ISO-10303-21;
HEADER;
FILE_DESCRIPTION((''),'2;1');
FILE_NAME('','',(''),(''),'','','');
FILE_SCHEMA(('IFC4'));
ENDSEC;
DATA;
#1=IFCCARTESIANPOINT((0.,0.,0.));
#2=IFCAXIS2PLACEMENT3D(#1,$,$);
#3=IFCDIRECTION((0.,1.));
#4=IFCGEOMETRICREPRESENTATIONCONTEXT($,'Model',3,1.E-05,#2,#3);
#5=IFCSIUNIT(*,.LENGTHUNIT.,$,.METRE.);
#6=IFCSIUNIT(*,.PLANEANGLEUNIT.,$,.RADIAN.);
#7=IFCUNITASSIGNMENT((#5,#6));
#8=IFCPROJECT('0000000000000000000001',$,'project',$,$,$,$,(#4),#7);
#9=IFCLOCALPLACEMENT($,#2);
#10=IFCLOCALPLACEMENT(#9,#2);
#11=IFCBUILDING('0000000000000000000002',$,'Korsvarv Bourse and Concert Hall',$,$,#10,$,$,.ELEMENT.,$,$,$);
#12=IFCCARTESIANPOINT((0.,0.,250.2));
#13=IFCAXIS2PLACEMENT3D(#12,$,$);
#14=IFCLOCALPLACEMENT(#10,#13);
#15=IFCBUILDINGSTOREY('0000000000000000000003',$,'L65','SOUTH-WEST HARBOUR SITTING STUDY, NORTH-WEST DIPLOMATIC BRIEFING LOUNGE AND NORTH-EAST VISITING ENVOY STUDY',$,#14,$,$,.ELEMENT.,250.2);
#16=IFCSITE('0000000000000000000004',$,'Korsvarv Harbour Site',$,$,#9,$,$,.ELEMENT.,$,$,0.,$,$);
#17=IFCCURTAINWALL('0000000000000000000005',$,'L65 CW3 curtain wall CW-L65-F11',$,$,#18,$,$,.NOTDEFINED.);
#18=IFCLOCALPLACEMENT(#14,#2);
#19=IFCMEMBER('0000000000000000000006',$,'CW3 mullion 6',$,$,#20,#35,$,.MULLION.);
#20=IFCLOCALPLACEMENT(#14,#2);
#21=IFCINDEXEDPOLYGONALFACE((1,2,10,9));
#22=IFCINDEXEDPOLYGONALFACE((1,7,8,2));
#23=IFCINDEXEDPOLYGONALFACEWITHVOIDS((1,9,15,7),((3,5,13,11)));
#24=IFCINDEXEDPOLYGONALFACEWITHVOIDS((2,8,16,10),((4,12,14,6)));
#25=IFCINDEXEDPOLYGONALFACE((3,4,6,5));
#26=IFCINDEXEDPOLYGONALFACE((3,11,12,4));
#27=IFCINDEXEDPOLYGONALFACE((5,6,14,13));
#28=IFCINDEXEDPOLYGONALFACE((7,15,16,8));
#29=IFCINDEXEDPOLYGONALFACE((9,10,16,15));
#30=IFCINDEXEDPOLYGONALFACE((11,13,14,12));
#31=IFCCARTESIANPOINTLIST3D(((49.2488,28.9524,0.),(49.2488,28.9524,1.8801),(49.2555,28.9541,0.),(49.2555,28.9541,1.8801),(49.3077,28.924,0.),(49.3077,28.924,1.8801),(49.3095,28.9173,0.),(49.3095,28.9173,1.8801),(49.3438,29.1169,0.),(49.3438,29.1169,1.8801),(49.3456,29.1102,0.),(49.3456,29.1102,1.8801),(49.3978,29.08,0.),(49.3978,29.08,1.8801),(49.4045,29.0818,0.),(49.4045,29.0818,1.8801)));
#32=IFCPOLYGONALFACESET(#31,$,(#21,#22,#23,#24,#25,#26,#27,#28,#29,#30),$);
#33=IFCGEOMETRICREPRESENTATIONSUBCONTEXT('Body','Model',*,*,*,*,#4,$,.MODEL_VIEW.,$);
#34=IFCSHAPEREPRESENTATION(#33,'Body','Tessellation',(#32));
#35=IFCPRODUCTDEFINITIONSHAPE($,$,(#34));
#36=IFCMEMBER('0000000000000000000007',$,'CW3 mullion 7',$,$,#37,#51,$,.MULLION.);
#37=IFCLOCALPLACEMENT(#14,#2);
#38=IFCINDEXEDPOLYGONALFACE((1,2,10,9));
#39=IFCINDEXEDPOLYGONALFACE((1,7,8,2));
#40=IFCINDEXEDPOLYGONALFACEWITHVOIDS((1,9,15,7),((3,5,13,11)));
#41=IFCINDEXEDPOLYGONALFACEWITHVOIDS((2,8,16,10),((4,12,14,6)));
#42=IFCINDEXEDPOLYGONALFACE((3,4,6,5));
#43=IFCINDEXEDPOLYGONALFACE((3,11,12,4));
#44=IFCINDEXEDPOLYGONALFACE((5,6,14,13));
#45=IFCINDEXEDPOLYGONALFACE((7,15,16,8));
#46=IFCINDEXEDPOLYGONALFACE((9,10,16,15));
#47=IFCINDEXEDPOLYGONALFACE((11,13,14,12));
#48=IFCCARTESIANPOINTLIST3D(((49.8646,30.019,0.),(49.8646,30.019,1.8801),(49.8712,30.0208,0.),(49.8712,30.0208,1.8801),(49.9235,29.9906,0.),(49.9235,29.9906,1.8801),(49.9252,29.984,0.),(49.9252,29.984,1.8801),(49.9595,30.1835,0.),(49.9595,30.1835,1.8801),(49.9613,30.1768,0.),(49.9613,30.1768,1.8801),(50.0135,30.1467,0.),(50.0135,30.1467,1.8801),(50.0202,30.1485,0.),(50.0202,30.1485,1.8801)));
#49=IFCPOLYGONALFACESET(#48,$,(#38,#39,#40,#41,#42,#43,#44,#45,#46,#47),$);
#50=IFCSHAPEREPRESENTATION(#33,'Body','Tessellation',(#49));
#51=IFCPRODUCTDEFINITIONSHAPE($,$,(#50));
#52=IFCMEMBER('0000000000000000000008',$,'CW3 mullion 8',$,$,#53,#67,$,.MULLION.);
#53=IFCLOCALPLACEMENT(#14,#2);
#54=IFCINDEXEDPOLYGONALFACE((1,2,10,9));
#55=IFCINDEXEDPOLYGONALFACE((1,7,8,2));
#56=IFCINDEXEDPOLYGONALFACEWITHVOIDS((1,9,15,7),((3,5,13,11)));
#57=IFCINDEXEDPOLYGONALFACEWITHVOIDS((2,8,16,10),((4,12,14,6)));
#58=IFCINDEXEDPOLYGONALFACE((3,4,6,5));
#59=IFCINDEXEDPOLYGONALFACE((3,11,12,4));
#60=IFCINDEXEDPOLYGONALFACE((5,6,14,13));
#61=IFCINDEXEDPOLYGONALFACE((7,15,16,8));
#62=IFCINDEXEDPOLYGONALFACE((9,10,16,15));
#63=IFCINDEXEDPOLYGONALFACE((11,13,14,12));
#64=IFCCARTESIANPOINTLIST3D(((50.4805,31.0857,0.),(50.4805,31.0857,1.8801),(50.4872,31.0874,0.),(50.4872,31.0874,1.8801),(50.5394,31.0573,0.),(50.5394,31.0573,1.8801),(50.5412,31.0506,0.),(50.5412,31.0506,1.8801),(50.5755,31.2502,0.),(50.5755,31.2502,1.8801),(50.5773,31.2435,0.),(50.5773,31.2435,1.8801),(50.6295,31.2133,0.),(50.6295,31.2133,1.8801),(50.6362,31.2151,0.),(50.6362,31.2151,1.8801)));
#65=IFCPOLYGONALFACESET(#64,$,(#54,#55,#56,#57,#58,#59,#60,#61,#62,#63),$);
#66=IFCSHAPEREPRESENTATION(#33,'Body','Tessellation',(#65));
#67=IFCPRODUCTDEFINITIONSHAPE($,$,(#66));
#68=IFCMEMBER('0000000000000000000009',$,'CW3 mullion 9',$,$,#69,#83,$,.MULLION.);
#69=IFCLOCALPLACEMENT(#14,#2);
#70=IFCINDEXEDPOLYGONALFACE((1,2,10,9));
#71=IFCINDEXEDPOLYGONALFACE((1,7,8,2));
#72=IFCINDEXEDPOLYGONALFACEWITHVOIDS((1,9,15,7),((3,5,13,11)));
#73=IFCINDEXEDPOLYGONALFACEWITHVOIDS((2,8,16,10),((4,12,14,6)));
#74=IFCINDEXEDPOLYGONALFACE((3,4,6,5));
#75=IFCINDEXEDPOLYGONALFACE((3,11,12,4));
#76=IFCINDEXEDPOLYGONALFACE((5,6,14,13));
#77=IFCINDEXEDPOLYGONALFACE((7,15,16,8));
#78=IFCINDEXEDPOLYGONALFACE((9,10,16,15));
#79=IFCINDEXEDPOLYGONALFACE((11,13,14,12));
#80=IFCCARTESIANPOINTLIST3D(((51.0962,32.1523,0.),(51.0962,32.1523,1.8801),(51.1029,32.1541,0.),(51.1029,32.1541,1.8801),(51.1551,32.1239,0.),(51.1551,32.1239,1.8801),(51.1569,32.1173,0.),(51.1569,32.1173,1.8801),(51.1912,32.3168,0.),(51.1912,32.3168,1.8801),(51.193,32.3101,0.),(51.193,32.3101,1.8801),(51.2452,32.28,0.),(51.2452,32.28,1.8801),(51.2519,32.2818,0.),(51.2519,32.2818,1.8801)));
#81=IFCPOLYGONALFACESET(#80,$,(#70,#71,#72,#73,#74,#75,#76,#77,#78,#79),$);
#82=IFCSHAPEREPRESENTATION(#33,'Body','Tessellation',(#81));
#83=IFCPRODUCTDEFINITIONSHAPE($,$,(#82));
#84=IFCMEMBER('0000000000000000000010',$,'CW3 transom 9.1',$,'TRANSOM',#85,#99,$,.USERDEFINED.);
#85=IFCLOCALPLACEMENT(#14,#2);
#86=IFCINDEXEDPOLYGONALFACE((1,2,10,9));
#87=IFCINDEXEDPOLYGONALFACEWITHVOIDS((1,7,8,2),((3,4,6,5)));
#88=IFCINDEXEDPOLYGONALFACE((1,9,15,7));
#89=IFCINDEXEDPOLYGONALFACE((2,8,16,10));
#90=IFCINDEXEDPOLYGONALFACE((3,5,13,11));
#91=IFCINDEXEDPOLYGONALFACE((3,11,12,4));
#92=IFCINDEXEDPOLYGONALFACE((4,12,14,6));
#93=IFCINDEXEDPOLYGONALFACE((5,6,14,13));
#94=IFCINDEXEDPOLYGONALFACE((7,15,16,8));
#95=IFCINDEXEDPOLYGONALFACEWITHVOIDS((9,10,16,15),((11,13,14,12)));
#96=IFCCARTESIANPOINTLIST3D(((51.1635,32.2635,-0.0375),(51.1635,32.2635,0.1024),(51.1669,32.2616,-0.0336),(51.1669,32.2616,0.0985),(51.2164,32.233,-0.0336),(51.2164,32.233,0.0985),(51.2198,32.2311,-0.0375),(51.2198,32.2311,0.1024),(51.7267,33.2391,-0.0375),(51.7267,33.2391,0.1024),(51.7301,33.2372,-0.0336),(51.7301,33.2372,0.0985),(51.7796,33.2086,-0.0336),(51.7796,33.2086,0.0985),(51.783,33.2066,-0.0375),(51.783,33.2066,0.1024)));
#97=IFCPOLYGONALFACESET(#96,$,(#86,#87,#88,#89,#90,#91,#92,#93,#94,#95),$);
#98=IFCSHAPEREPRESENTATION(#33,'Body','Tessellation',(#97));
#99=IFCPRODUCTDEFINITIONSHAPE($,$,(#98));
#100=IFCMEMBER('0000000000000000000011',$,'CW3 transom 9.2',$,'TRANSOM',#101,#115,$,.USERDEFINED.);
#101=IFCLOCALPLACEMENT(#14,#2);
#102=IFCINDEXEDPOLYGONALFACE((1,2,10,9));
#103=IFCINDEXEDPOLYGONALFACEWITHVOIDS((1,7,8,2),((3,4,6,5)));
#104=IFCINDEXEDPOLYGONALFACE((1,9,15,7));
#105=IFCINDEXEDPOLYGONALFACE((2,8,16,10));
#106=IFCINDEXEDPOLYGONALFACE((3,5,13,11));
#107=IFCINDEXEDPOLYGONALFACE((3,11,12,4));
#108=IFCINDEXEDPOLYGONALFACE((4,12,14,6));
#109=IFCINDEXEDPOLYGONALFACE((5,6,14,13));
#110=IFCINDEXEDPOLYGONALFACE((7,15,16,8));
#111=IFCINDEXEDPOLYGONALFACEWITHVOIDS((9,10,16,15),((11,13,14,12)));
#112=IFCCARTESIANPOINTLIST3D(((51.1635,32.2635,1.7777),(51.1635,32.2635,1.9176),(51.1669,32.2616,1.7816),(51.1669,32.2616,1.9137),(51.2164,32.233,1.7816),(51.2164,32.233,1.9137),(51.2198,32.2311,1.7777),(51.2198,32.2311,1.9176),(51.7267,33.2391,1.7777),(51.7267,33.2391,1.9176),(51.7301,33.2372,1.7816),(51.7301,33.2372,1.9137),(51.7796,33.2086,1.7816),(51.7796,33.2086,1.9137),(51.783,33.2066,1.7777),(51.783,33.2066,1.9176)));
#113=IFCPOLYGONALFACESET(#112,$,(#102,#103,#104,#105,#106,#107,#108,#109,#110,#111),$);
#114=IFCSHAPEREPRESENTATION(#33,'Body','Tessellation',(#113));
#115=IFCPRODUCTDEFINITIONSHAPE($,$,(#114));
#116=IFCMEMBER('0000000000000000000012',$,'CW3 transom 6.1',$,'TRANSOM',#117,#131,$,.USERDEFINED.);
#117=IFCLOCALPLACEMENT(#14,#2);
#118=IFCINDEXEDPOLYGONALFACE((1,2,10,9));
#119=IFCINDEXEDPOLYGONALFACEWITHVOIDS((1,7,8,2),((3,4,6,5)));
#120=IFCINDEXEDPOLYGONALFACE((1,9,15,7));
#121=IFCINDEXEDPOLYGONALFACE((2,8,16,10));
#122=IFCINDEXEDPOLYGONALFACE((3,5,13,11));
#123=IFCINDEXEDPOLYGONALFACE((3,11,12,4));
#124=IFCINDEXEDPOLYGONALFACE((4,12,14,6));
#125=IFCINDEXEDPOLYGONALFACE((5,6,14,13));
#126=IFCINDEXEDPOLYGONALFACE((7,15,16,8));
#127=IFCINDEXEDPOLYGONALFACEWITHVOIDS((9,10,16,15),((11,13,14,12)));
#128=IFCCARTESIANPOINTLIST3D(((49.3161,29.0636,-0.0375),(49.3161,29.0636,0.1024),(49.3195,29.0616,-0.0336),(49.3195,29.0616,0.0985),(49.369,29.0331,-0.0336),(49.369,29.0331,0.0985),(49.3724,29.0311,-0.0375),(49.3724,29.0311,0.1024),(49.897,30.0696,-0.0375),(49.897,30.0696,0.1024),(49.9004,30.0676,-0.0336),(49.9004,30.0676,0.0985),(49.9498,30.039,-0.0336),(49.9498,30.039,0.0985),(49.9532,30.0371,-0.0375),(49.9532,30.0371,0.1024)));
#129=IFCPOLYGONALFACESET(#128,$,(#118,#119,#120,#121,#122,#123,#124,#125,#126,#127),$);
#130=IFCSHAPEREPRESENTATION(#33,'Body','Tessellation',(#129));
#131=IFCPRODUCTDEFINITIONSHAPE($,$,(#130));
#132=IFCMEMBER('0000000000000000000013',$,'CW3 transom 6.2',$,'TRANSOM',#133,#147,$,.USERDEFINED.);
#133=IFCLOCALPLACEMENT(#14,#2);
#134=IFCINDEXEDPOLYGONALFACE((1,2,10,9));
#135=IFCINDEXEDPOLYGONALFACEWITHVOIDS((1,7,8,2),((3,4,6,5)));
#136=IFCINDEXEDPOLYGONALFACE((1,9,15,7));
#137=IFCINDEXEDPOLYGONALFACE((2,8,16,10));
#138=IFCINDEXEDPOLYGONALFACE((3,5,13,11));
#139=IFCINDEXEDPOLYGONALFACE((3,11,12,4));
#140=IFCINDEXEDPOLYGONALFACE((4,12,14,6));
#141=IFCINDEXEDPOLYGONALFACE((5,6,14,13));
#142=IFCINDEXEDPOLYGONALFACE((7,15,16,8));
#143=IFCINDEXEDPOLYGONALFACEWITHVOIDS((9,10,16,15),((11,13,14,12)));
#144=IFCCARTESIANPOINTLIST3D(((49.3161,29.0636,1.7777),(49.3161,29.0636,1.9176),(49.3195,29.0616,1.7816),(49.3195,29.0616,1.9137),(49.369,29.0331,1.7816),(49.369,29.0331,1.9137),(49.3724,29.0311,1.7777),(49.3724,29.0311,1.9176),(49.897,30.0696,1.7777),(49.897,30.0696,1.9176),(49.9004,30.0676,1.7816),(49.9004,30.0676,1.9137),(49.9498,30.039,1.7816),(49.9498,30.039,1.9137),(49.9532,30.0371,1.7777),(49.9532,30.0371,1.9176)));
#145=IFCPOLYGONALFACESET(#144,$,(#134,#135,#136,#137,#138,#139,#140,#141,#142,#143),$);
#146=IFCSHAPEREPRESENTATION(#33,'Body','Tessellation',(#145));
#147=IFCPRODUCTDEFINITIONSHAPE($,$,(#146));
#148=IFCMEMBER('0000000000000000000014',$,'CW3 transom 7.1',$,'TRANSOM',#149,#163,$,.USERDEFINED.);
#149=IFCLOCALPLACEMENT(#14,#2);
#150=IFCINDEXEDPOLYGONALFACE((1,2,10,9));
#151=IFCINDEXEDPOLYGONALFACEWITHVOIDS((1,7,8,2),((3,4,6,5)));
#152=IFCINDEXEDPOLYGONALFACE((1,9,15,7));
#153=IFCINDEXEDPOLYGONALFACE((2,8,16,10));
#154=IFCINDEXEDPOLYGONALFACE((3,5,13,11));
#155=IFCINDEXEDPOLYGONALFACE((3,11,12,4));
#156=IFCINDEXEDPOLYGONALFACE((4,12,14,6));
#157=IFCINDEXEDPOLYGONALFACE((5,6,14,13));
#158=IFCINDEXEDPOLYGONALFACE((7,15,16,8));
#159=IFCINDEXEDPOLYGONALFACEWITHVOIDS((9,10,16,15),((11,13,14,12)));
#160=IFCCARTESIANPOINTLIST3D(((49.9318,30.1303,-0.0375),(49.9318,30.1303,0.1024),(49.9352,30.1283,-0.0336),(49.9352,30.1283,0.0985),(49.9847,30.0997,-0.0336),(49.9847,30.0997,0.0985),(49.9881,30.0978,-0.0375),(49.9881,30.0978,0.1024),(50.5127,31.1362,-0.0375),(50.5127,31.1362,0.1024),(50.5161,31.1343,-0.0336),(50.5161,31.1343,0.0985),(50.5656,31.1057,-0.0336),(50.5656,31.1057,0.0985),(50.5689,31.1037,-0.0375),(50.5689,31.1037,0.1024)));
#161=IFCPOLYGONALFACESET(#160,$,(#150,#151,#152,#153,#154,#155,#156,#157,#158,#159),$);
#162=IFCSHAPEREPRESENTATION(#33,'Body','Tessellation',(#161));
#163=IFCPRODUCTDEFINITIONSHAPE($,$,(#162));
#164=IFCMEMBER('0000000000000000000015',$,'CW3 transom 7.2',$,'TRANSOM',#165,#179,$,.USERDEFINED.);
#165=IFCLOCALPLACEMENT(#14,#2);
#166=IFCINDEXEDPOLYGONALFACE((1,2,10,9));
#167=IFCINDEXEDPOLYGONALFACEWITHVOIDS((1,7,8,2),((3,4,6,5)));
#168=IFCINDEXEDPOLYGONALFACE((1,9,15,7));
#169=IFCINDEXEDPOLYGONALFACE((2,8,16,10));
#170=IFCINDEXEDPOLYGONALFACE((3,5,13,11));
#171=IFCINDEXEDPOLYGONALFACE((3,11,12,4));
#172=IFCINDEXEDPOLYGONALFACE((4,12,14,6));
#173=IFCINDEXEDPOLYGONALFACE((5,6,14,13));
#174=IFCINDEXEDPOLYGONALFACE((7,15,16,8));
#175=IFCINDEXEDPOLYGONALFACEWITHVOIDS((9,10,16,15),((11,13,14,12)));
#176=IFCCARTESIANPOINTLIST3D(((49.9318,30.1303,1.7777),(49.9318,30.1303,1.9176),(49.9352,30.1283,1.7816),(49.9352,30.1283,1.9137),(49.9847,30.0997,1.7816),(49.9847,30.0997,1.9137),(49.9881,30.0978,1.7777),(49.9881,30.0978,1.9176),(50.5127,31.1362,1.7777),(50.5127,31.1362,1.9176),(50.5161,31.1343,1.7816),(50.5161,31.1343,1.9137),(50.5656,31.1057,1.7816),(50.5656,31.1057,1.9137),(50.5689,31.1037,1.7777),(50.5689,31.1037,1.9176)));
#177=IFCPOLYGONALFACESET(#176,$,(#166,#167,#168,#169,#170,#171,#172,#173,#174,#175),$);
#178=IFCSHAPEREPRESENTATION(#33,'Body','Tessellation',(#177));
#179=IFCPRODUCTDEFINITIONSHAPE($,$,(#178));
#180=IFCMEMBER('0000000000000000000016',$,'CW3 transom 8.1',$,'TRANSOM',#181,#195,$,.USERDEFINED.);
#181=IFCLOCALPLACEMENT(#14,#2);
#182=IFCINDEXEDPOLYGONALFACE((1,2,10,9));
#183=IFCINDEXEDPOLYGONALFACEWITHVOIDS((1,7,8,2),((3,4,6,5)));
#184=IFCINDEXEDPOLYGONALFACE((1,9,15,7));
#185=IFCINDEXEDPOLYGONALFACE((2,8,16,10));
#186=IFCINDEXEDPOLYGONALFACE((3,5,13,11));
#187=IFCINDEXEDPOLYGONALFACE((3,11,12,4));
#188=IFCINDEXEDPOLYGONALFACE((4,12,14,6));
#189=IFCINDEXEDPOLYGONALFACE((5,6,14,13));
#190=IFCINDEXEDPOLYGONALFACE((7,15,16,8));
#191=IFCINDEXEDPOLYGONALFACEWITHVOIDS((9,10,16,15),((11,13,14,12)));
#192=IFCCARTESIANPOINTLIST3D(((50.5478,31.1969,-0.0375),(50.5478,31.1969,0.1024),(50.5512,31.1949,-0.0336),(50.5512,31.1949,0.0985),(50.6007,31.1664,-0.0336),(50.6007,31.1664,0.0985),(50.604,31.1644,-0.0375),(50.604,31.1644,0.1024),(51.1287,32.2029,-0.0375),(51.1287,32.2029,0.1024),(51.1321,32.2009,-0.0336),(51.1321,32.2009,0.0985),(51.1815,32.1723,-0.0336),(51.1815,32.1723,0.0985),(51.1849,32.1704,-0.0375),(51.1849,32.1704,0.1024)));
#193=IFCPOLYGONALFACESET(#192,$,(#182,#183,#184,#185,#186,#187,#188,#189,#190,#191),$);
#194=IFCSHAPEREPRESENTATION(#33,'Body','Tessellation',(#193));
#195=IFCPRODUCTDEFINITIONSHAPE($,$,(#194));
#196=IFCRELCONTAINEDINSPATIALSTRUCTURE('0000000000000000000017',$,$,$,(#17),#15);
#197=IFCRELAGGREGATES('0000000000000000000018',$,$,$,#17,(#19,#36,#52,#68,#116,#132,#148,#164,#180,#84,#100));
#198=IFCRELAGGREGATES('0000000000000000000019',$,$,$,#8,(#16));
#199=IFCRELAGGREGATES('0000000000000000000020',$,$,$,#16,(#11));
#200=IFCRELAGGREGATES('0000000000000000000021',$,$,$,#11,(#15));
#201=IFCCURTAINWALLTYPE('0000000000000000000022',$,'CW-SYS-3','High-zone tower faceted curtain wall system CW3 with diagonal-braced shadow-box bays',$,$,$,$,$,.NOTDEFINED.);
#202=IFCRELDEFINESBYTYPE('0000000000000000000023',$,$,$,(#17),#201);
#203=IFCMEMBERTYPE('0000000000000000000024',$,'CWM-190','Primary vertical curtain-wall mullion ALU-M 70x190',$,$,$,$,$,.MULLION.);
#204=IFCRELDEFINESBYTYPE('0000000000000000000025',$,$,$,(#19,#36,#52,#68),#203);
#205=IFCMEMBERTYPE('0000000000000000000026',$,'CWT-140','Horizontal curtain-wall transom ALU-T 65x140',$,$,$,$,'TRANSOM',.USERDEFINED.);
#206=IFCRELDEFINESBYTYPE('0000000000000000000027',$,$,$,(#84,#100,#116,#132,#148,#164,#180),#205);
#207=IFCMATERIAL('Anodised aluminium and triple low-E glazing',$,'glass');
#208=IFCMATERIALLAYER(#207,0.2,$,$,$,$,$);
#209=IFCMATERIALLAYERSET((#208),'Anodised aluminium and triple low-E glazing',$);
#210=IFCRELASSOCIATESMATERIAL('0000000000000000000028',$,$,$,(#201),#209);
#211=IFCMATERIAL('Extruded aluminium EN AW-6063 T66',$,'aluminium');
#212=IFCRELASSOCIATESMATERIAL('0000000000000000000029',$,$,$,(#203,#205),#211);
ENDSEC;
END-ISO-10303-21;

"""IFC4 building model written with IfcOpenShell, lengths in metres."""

from ifc_helpers import new_model, si_unit, direction, frame, origin, origin_2d, place, context, subcontext, project, spatial, hollow_rectangle, extrude, source, transform, mapped, material, layer, layer_set, material_profile, profile_set, type_object, element, aggregate, save


model = new_model("IFC4")

# Units and contexts
model_context = context("Model", 3, precision=1e-05, world=origin(), true_north=direction((0.0, 1.0)))
body_context = subcontext(model_context, "Body", "Model", "MODEL_VIEW")
ifc_project = project(units=[si_unit("LENGTHUNIT", "METRE"), si_unit("PLANEANGLEUNIT", "RADIAN")], contexts=[model_context])

# Site, building, storey
site_placement = place(None, origin())
site = spatial("IfcSite", under=ifc_project, at=site_placement, Name="Korsvarv Harbour Site", CompositionType="ELEMENT", RefElevation=0.0)
building_placement = place(site_placement, origin())
building = spatial("IfcBuilding", under=site, at=building_placement, Name="Korsvarv Bourse and Concert Hall", CompositionType="ELEMENT")
storey_placement = place(building_placement, frame((0.0, 0.0, 250.2)))
storey = spatial("IfcBuildingStorey", under=building, at=storey_placement, Name="L65", Description="SOUTH-WEST HARBOUR SITTING STUDY, NORTH-WEST DIPLOMATIC BRIEFING LOUNGE AND NORTH-EAST VISITING ENVOY STUDY", CompositionType="ELEMENT", Elevation=250.2)

# Curtain wall, members
ifc_material_1 = material(Name="Anodised aluminium and triple low-E glazing", Category="glass")
ifc_layer_1 = layer(ifc_material_1, 0.2)
ifc_layer_set_1 = layer_set([ifc_layer_1], Name="Anodised aluminium and triple low-E glazing")
curtain_wall_type = type_object("IfcCurtainWallType", Name="CW-SYS-3", Description="High-zone tower faceted curtain wall system CW3 with diagonal-braced shadow-box bays", PredefinedType="NOTDEFINED", material=ifc_layer_set_1)
curtain_wall_placement = place(storey_placement, origin())
curtain_wall = element("IfcCurtainWall", 1, at=curtain_wall_placement, inside=storey, type_object=curtain_wall_type, Name="L65 CW3 curtain wall CW-L65-F11", PredefinedType="NOTDEFINED")
ifc_material_2 = material(Name="Extruded aluminium EN AW-6063 T66", Category="aluminium")
ifc_material_profile_1 = material_profile(ifc_material_2, hollow_rectangle(XDim=0.0701, YDim=0.1899, WallThickness=0.0049, at=origin_2d()), Name="ALU-M 70x190")
ifc_profile_set_1 = profile_set([ifc_material_profile_1], Name="Extruded aluminium EN AW-6063 T66")
member_type_1 = type_object("IfcMemberType", Name="CWM-190", Description="Primary vertical curtain-wall mullion ALU-M 70x190", PredefinedType="MULLION", material=ifc_profile_set_1)
shared_shape_1 = source(origin(), body_context, "Body", "SweptSolid", [
    extrude(hollow_rectangle(XDim=0.0701, YDim=0.1899, WallThickness=0.0049, at=origin_2d()), origin(), (0.0, 0.0, 1.0), 1.8801),
])
member_1_placement = place(storey_placement, frame((49.3267, 29.0171, 0.0), z_axis=(0.0, 0.0, 1.0), x_axis=(-0.866022, 0.500006, 0.0)))
member_1 = element("IfcMember", 2, at=member_1_placement, type_object=member_type_1, Name="CW3 mullion 6", PredefinedType="MULLION", context=body_context, shape_type="MappedRepresentation", body=[
    mapped(shared_shape_1, transform((0.0, 0.0, 0.0), scale=1.0)),
])
member_2_placement = place(storey_placement, frame((49.9424, 30.0837, 0.0), z_axis=(0.0, 0.0, 1.0), x_axis=(-0.866022, 0.500006, 0.0)))
member_2 = element("IfcMember", 3, at=member_2_placement, type_object=member_type_1, Name="CW3 mullion 7", PredefinedType="MULLION", context=body_context, shape_type="MappedRepresentation", body=[
    mapped(shared_shape_1, transform((0.0, 0.0, 0.0), scale=1.0)),
])
member_3_placement = place(storey_placement, frame((50.5583, 31.1504, 0.0), z_axis=(0.0, 0.0, 1.0), x_axis=(-0.866022, 0.500006, 0.0)))
member_3 = element("IfcMember", 4, at=member_3_placement, type_object=member_type_1, Name="CW3 mullion 8", PredefinedType="MULLION", context=body_context, shape_type="MappedRepresentation", body=[
    mapped(shared_shape_1, transform((0.0, 0.0, 0.0), scale=1.0)),
])
member_4_placement = place(storey_placement, frame((51.1741, 32.217, 0.0), z_axis=(0.0, 0.0, 1.0), x_axis=(-0.866022, 0.500006, 0.0)))
member_4 = element("IfcMember", 5, at=member_4_placement, type_object=member_type_1, Name="CW3 mullion 9", PredefinedType="MULLION", context=body_context, shape_type="MappedRepresentation", body=[
    mapped(shared_shape_1, transform((0.0, 0.0, 0.0), scale=1.0)),
])
ifc_material_profile_2 = material_profile(ifc_material_2, hollow_rectangle(XDim=0.0649, YDim=0.1399, WallThickness=0.0039, at=origin_2d()), Name="ALU-T 65x140")
ifc_profile_set_2 = profile_set([ifc_material_profile_2], Name="Extruded aluminium EN AW-6063 T66")
member_type_2 = type_object("IfcMemberType", Name="CWT-140", Description="Horizontal curtain-wall transom ALU-T 65x140", ElementType="TRANSOM", PredefinedType="USERDEFINED", material=ifc_profile_set_2)
shared_shape_2 = source(origin(), body_context, "Body", "SweptSolid", [
    extrude(hollow_rectangle(XDim=0.0649, YDim=0.1399, WallThickness=0.0039, at=origin_2d()), origin(), (0.0, 0.0, 1.0), 1.1265),
])
member_5_placement = place(storey_placement, frame((51.1917, 32.2473, 0.0325), z_axis=(0.499985, 0.866034, 0.0), x_axis=(-0.866034, 0.499985, 0.0)))
member_5 = element("IfcMember", 6, at=member_5_placement, type_object=member_type_2, Name="CW3 transom 9.1", ObjectType="TRANSOM", PredefinedType="USERDEFINED", context=body_context, shape_type="MappedRepresentation", body=[
    mapped(shared_shape_2, transform((0.0, 0.0, 0.0), scale=1.0)),
])
member_6_placement = place(storey_placement, frame((51.1917, 32.2473, 1.8477), z_axis=(0.499985, 0.866034, 0.0), x_axis=(-0.866034, 0.499985, 0.0)))
member_6 = element("IfcMember", 7, at=member_6_placement, type_object=member_type_2, Name="CW3 transom 9.2", ObjectType="TRANSOM", PredefinedType="USERDEFINED", context=body_context, shape_type="MappedRepresentation", body=[
    mapped(shared_shape_2, transform((0.0, 0.0, 0.0), scale=1.0)),
])
shared_shape_3 = source(origin(), body_context, "Body", "SweptSolid", [
    extrude(hollow_rectangle(XDim=0.0649, YDim=0.1399, WallThickness=0.0039, at=origin_2d()), origin(), (0.0, 0.0, 1.0), 1.1616),
])
member_7_placement = place(storey_placement, frame((49.3442, 29.0474, 0.0325), z_axis=(0.50005, 0.865997, 0.0), x_axis=(-0.865997, 0.50005, 0.0)))
member_7 = element("IfcMember", 8, at=member_7_placement, type_object=member_type_2, Name="CW3 transom 6.1", ObjectType="TRANSOM", PredefinedType="USERDEFINED", context=body_context, shape_type="MappedRepresentation", body=[
    mapped(shared_shape_3, transform((0.0, 0.0, 0.0), scale=1.0)),
])
member_8_placement = place(storey_placement, frame((49.3442, 29.0474, 1.8477), z_axis=(0.50005, 0.865997, 0.0), x_axis=(-0.865997, 0.50005, 0.0)))
member_8 = element("IfcMember", 9, at=member_8_placement, type_object=member_type_2, Name="CW3 transom 6.2", ObjectType="TRANSOM", PredefinedType="USERDEFINED", context=body_context, shape_type="MappedRepresentation", body=[
    mapped(shared_shape_3, transform((0.0, 0.0, 0.0), scale=1.0)),
])
member_9_placement = place(storey_placement, frame((49.96, 30.114, 0.0325), z_axis=(0.50005, 0.865997, 0.0), x_axis=(-0.865997, 0.50005, 0.0)))
member_9 = element("IfcMember", 10, at=member_9_placement, type_object=member_type_2, Name="CW3 transom 7.1", ObjectType="TRANSOM", PredefinedType="USERDEFINED", context=body_context, shape_type="MappedRepresentation", body=[
    mapped(shared_shape_3, transform((0.0, 0.0, 0.0), scale=1.0)),
])
member_10_placement = place(storey_placement, frame((49.96, 30.114, 1.8477), z_axis=(0.50005, 0.865997, 0.0), x_axis=(-0.865997, 0.50005, 0.0)))
member_10 = element("IfcMember", 11, at=member_10_placement, type_object=member_type_2, Name="CW3 transom 7.2", ObjectType="TRANSOM", PredefinedType="USERDEFINED", context=body_context, shape_type="MappedRepresentation", body=[
    mapped(shared_shape_3, transform((0.0, 0.0, 0.0), scale=1.0)),
])
member_11_placement = place(storey_placement, frame((50.5759, 31.1807, 0.0325), z_axis=(0.50005, 0.865997, 0.0), x_axis=(-0.865997, 0.50005, 0.0)))
member_11 = element("IfcMember", 12, at=member_11_placement, type_object=member_type_2, Name="CW3 transom 8.1", ObjectType="TRANSOM", PredefinedType="USERDEFINED", context=body_context, shape_type="MappedRepresentation", body=[
    mapped(shared_shape_3, transform((0.0, 0.0, 0.0), scale=1.0)),
])
aggregate(curtain_wall, [member_1, member_2, member_3, member_4, member_7, member_8, member_9, member_10, member_11, member_5, member_6])

save(model, "model.ifc")
